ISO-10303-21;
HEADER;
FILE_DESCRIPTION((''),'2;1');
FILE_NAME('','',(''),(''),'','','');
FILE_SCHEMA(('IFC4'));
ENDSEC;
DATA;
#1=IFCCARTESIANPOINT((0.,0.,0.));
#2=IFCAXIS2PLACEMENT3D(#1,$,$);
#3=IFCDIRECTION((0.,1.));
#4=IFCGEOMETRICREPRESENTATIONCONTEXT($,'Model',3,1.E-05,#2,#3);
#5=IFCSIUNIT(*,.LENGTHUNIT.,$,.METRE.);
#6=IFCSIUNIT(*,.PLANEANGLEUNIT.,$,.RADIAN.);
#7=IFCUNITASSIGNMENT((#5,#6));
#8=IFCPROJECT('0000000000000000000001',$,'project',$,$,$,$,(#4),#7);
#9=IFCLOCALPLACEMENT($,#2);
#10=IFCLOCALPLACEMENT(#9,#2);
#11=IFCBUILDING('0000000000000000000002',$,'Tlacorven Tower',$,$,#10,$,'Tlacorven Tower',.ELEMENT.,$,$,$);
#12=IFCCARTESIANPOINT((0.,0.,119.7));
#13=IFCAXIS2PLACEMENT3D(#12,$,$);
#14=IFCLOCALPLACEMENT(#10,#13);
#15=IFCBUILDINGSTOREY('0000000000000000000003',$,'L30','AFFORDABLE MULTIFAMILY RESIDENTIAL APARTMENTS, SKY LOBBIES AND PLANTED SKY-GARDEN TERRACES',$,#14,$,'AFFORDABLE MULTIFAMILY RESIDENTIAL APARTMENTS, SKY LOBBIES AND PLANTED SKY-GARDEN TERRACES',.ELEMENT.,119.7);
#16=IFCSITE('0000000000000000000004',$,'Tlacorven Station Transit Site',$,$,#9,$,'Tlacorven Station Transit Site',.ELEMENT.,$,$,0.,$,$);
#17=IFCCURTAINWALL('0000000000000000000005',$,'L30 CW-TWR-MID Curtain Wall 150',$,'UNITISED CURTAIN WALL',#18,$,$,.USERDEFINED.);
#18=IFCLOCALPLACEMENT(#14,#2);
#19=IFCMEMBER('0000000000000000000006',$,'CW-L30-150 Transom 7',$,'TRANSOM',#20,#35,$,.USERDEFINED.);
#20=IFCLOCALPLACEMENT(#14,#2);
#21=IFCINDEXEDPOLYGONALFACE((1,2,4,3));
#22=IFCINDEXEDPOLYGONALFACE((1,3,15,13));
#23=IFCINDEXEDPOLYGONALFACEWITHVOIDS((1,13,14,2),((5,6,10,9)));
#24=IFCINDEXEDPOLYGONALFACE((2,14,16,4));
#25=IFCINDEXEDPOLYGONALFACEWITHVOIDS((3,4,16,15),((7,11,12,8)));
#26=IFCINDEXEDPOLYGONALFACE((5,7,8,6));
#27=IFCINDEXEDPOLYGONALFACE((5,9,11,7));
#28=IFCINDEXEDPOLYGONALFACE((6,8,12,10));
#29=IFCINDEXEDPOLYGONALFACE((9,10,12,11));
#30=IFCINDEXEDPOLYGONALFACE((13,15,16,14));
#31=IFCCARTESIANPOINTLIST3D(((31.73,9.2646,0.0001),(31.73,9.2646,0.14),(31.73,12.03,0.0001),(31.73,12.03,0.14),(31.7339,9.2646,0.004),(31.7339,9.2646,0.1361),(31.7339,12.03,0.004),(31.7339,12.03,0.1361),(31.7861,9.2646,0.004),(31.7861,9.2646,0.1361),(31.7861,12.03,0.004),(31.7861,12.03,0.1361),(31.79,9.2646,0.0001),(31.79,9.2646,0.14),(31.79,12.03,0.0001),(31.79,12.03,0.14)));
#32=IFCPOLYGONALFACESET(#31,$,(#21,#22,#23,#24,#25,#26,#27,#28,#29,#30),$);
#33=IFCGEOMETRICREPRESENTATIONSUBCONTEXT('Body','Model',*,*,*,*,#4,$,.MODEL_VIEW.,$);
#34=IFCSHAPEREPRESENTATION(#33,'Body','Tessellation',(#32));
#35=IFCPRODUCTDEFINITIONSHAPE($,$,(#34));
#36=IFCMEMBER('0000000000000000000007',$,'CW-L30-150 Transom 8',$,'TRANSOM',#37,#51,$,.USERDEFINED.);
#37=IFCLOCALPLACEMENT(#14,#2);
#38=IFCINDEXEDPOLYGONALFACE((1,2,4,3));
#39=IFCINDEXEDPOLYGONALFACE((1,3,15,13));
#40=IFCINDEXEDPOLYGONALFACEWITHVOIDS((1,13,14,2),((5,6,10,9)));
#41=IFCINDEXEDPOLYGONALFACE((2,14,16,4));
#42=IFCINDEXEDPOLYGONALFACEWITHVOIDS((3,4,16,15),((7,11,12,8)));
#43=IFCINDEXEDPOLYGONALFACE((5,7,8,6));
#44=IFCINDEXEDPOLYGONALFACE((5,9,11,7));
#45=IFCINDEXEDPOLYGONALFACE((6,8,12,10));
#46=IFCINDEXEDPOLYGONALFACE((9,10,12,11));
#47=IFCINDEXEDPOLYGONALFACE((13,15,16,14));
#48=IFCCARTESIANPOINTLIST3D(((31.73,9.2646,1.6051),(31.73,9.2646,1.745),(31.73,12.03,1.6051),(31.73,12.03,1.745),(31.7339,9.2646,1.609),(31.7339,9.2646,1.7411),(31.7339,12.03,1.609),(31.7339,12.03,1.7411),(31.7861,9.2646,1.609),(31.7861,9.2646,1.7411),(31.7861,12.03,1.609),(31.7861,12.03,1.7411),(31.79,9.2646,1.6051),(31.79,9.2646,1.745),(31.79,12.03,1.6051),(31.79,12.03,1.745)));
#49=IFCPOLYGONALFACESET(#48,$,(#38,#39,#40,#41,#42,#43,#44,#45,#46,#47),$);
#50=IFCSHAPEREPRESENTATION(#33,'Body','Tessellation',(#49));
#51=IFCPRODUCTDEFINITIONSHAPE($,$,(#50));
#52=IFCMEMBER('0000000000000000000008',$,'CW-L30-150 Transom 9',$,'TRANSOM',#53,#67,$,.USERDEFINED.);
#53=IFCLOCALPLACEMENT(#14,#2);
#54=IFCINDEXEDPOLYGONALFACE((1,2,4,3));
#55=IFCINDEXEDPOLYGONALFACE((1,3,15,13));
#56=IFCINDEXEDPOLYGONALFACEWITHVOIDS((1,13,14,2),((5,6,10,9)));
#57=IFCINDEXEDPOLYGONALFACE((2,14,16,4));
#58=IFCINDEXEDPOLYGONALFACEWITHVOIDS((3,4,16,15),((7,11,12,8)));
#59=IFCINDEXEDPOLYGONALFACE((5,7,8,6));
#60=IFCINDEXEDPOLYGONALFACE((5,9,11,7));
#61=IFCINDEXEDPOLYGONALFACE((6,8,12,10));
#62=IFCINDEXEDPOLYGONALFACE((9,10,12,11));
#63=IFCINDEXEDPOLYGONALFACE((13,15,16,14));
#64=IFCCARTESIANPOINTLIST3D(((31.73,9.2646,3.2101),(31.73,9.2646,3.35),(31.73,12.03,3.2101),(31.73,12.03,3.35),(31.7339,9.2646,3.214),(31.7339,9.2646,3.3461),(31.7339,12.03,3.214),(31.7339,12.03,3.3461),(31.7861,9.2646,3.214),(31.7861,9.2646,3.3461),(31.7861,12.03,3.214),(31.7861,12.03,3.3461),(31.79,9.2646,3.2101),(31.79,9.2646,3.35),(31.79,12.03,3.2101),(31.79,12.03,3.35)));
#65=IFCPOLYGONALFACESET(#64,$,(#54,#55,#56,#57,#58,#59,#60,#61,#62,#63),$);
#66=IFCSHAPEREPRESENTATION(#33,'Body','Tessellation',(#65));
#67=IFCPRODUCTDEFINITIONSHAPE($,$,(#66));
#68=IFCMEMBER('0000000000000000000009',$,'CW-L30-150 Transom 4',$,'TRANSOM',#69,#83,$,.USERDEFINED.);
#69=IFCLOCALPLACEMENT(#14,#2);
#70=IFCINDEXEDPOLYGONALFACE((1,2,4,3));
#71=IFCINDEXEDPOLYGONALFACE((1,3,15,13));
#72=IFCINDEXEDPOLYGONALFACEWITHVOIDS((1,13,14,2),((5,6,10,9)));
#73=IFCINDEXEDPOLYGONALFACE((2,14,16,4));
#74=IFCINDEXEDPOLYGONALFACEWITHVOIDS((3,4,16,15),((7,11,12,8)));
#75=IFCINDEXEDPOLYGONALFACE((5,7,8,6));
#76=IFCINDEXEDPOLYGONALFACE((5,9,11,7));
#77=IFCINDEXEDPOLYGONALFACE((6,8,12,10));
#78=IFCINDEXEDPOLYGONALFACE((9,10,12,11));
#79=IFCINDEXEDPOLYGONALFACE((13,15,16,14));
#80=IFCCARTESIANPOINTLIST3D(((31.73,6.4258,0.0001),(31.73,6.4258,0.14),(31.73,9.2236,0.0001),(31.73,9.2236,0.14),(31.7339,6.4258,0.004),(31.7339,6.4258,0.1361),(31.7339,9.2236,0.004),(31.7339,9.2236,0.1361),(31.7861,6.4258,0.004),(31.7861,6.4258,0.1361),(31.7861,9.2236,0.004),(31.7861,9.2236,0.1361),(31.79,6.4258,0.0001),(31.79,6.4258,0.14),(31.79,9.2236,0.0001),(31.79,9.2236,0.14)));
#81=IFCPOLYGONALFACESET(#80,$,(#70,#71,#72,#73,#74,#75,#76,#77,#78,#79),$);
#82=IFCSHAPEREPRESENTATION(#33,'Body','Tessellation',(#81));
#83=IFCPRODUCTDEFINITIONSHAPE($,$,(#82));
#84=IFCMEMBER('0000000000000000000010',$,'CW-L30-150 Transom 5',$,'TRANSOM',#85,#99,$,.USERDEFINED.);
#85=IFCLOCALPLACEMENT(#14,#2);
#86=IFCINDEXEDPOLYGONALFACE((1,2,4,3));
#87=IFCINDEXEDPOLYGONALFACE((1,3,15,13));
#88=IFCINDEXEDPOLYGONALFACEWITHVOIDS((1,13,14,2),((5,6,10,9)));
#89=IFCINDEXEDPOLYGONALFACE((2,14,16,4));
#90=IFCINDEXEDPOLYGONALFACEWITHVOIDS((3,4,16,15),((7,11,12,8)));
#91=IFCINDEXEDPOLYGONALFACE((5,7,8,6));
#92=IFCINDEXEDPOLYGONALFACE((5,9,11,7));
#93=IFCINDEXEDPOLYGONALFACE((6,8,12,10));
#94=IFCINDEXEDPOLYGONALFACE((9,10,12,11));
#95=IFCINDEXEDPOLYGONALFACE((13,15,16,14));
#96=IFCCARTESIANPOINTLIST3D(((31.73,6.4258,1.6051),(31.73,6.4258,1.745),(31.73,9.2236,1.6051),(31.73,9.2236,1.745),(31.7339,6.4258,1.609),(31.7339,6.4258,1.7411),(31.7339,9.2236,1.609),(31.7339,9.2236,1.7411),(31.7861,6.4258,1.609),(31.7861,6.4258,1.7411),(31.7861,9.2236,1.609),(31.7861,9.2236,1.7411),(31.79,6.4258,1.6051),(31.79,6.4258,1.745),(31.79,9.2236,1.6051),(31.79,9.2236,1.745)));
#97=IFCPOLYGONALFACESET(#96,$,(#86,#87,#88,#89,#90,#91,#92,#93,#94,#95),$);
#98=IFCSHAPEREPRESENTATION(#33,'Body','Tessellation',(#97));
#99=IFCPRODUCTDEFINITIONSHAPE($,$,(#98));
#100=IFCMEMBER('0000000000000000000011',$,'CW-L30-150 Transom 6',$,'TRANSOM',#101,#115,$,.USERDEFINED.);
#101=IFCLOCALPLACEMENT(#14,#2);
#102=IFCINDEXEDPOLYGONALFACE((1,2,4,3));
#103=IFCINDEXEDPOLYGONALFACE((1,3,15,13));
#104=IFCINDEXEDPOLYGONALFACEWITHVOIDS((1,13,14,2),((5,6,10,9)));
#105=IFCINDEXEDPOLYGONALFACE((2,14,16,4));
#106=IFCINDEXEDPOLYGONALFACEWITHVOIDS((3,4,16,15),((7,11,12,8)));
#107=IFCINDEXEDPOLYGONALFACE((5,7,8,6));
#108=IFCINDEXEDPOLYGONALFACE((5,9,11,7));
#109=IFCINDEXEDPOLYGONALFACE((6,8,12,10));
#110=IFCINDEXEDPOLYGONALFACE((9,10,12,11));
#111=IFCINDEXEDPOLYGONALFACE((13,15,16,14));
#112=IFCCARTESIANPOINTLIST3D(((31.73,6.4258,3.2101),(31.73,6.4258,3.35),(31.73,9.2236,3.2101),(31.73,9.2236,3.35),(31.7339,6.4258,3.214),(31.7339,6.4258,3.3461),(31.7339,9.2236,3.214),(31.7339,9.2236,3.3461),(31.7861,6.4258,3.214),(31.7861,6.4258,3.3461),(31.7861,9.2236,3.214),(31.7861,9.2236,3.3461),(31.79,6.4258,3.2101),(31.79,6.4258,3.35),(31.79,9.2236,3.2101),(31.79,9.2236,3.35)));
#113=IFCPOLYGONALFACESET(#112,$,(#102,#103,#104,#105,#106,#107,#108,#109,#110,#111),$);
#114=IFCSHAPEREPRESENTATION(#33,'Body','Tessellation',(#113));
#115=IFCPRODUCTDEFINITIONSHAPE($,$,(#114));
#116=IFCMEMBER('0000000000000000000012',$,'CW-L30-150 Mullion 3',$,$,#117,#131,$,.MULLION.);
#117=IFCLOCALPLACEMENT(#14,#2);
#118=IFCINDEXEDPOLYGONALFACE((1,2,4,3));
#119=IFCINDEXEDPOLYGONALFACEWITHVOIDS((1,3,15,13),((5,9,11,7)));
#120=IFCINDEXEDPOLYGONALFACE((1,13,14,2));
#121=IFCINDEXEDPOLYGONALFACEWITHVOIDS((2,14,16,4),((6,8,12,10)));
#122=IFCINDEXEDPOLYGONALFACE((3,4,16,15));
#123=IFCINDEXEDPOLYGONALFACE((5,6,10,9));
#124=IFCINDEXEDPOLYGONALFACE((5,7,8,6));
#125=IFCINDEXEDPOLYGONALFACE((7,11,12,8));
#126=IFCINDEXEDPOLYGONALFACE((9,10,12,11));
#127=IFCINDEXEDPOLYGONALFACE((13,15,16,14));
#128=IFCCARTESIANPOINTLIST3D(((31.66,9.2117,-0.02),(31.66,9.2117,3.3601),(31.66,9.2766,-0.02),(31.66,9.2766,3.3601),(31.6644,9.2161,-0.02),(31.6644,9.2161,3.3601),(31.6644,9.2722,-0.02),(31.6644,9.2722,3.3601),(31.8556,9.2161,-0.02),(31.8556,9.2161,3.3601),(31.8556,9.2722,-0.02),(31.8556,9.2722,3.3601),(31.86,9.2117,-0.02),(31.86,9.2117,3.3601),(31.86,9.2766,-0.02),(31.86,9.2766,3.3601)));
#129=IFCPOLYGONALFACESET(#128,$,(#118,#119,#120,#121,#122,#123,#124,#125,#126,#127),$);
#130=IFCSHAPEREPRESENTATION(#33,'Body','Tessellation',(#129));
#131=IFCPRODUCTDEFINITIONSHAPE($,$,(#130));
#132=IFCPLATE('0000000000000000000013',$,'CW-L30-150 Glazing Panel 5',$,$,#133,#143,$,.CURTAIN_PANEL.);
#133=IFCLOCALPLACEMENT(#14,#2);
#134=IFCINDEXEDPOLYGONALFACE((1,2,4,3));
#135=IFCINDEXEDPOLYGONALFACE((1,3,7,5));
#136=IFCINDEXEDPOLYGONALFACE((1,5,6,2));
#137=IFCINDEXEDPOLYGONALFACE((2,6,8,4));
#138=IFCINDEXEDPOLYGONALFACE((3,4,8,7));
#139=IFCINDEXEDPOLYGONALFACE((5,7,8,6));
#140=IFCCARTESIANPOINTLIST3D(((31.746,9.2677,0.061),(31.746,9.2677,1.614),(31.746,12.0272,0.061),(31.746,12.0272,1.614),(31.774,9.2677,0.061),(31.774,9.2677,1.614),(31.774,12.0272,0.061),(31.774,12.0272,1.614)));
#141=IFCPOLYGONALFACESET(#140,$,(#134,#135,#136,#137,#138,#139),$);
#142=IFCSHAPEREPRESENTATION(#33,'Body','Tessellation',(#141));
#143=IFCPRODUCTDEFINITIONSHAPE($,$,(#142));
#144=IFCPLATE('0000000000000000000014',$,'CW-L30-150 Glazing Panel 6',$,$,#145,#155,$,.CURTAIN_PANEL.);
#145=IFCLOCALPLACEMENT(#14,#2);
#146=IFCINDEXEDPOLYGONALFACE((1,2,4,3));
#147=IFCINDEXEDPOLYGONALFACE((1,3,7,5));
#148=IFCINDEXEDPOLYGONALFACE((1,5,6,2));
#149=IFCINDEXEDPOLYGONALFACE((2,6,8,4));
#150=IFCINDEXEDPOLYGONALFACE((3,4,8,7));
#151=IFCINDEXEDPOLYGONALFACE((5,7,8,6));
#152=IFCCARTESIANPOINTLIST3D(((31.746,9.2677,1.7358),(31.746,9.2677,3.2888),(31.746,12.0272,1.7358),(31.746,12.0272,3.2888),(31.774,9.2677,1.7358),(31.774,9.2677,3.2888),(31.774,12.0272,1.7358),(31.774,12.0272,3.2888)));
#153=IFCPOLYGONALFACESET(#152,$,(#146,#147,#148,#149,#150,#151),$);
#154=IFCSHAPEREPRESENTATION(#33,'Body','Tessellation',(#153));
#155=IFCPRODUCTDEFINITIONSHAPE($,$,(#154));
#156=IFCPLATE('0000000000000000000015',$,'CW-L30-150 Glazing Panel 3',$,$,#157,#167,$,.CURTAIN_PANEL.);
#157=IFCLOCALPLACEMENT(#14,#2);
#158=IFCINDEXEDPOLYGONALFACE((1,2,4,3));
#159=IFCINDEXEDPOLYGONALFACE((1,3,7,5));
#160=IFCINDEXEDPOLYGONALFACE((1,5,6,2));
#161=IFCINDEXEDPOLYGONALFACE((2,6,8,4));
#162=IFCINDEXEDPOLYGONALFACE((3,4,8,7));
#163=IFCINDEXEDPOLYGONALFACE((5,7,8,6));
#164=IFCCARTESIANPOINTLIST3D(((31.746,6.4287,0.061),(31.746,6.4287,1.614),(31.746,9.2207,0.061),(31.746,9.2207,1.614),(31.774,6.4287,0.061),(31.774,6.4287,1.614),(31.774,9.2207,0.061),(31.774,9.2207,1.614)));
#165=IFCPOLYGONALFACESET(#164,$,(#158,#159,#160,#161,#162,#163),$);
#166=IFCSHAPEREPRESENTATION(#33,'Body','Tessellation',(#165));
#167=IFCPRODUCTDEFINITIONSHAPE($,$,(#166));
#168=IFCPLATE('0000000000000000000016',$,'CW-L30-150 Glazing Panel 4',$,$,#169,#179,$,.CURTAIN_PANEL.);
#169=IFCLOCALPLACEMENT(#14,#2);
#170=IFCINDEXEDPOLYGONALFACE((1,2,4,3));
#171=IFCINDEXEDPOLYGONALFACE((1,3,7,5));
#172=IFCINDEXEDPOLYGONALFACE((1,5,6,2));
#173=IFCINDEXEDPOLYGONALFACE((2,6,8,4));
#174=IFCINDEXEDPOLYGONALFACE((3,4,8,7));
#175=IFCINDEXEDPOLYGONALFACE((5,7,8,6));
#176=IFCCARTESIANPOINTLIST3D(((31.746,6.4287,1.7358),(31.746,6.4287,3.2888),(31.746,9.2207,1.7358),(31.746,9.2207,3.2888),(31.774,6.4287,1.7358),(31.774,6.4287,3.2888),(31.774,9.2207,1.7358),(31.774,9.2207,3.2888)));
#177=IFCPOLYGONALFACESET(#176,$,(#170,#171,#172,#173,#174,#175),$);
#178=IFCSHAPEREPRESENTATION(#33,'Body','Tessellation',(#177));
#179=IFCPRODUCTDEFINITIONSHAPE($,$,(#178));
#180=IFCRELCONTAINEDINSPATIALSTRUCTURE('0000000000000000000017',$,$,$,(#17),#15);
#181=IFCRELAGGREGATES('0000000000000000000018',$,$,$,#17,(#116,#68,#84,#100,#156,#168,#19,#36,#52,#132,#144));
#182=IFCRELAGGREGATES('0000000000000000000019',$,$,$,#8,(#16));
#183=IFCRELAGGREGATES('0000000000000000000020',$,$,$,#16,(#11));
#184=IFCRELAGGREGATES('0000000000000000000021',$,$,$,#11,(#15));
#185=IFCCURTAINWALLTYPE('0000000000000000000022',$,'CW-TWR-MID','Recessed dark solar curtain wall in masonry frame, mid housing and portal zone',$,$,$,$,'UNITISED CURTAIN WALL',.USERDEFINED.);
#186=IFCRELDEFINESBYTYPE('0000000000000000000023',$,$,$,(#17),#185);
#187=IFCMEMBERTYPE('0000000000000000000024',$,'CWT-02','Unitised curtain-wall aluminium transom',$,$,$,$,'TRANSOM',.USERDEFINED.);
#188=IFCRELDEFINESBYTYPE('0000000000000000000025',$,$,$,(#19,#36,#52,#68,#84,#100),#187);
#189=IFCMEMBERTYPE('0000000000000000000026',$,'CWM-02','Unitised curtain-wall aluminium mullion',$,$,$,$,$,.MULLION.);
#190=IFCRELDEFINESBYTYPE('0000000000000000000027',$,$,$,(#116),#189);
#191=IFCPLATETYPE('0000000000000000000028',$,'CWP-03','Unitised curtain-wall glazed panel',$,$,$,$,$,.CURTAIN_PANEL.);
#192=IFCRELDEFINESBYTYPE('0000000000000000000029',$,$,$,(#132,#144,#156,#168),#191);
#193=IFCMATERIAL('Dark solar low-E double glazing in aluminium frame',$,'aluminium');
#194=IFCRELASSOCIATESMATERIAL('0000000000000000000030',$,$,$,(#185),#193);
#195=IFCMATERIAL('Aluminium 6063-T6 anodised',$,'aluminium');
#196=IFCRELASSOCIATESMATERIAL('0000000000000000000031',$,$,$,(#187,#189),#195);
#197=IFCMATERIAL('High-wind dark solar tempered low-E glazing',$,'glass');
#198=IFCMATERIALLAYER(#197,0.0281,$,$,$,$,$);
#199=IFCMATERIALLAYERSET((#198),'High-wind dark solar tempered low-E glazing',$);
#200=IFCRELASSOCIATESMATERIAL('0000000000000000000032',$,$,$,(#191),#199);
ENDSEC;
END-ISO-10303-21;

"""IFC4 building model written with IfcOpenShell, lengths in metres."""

from ifc_helpers import new_model, si_unit, direction, frame, origin, origin_2d, place, context, subcontext, project, spatial, rectangle, hollow_rectangle, extrude, source, transform, mapped, material, layer, layer_set, material_profile, profile_set, type_object, element, aggregate, save


model = new_model("IFC4")

# Units and contexts
model_context = context("Model", 3, precision=1e-05, world=origin(), true_north=direction((0.0, 1.0)))
body_context = subcontext(model_context, "Body", "Model", "MODEL_VIEW")
ifc_project = project(units=[si_unit("LENGTHUNIT", "METRE"), si_unit("PLANEANGLEUNIT", "RADIAN")], contexts=[model_context])

# Site, building, storey
site_placement = place(None, origin())
site = spatial("IfcSite", under=ifc_project, at=site_placement, Name="Tlacorven Station Transit Site", LongName="Tlacorven Station Transit Site", CompositionType="ELEMENT", RefElevation=0.0)
building_placement = place(site_placement, origin())
building = spatial("IfcBuilding", under=site, at=building_placement, Name="Tlacorven Tower", LongName="Tlacorven Tower", CompositionType="ELEMENT")
storey_placement = place(building_placement, frame((0.0, 0.0, 119.7)))
storey = spatial("IfcBuildingStorey", under=building, at=storey_placement, Name="L30", Description="AFFORDABLE MULTIFAMILY RESIDENTIAL APARTMENTS, SKY LOBBIES AND PLANTED SKY-GARDEN TERRACES", LongName="AFFORDABLE MULTIFAMILY RESIDENTIAL APARTMENTS, SKY LOBBIES AND PLANTED SKY-GARDEN TERRACES", CompositionType="ELEMENT", Elevation=119.7)

# Curtain wall, members, plates
ifc_material_1 = material(Name="Dark solar low-E double glazing in aluminium frame", Category="aluminium")
curtain_wall_type = type_object("IfcCurtainWallType", Name="CW-TWR-MID", Description="Recessed dark solar curtain wall in masonry frame, mid housing and portal zone", ElementType="UNITISED CURTAIN WALL", PredefinedType="USERDEFINED", material=ifc_material_1)
curtain_wall_placement = place(storey_placement, origin())
curtain_wall = element("IfcCurtainWall", 1, at=curtain_wall_placement, inside=storey, type_object=curtain_wall_type, Name="L30 CW-TWR-MID Curtain Wall 150", ObjectType="UNITISED CURTAIN WALL", PredefinedType="USERDEFINED")
ifc_material_2 = material(Name="Aluminium 6063-T6 anodised", Category="aluminium")
ifc_material_profile_1 = material_profile(ifc_material_2, hollow_rectangle(XDim=0.0601, YDim=0.1399, WallThickness=0.0039, at=origin_2d()), Name="ALU TRANSOM 60X140")
ifc_profile_set_1 = profile_set([ifc_material_profile_1], Name="Aluminium 6063-T6 anodised")
member_type_1 = type_object("IfcMemberType", Name="CWT-02", Description="Unitised curtain-wall aluminium transom", ElementType="TRANSOM", PredefinedType="USERDEFINED", material=ifc_profile_set_1)
shared_shape_1 = source(origin(), body_context, "Body", "SweptSolid", [
    extrude(hollow_rectangle(XDim=0.0601, YDim=0.1399, WallThickness=0.0039, at=origin_2d()), origin(), (0.0, 0.0, 1.0), 2.7654),
])
member_1_placement = place(storey_placement, frame((31.76, 9.2646, 0.0701), z_axis=(0.0, 1.0, 0.0), x_axis=(-1.0, 0.0, 0.0)))
member_1 = element("IfcMember", 2, at=member_1_placement, type_object=member_type_1, Name="CW-L30-150 Transom 7", ObjectType="TRANSOM", PredefinedType="USERDEFINED", context=body_context, shape_type="MappedRepresentation", body=[
    mapped(shared_shape_1, transform((0.0, 0.0, 0.0), scale=1.0)),
])
member_2_placement = place(storey_placement, frame((31.76, 9.2646, 1.675), z_axis=(0.0, 1.0, 0.0), x_axis=(-1.0, 0.0, 0.0)))
member_2 = element("IfcMember", 3, at=member_2_placement, type_object=member_type_1, Name="CW-L30-150 Transom 8", ObjectType="TRANSOM", PredefinedType="USERDEFINED", context=body_context, shape_type="MappedRepresentation", body=[
    mapped(shared_shape_1, transform((0.0, 0.0, 0.0), scale=1.0)),
])
member_3_placement = place(storey_placement, frame((31.76, 9.2646, 3.28), z_axis=(0.0, 1.0, 0.0), x_axis=(-1.0, 0.0, 0.0)))
member_3 = element("IfcMember", 4, at=member_3_placement, type_object=member_type_1, Name="CW-L30-150 Transom 9", ObjectType="TRANSOM", PredefinedType="USERDEFINED", context=body_context, shape_type="MappedRepresentation", body=[
    mapped(shared_shape_1, transform((0.0, 0.0, 0.0), scale=1.0)),
])
shared_shape_2 = source(origin(), body_context, "Body", "SweptSolid", [
    extrude(hollow_rectangle(XDim=0.0601, YDim=0.1399, WallThickness=0.0039, at=origin_2d()), origin(), (0.0, 0.0, 1.0), 2.7979),
])
member_4_placement = place(storey_placement, frame((31.76, 6.4258, 0.0701), z_axis=(0.0, 1.0, 0.0), x_axis=(-1.0, 0.0, 0.0)))
member_4 = element("IfcMember", 5, at=member_4_placement, type_object=member_type_1, Name="CW-L30-150 Transom 4", ObjectType="TRANSOM", PredefinedType="USERDEFINED", context=body_context, shape_type="MappedRepresentation", body=[
    mapped(shared_shape_2, transform((0.0, 0.0, 0.0), scale=1.0)),
])
member_5_placement = place(storey_placement, frame((31.76, 6.4258, 1.675), z_axis=(0.0, 1.0, 0.0), x_axis=(-1.0, 0.0, 0.0)))
member_5 = element("IfcMember", 6, at=member_5_placement, type_object=member_type_1, Name="CW-L30-150 Transom 5", ObjectType="TRANSOM", PredefinedType="USERDEFINED", context=body_context, shape_type="MappedRepresentation", body=[
    mapped(shared_shape_2, transform((0.0, 0.0, 0.0), scale=1.0)),
])
member_6_placement = place(storey_placement, frame((31.76, 6.4258, 3.28), z_axis=(0.0, 1.0, 0.0), x_axis=(-1.0, 0.0, 0.0)))
member_6 = element("IfcMember", 7, at=member_6_placement, type_object=member_type_1, Name="CW-L30-150 Transom 6", ObjectType="TRANSOM", PredefinedType="USERDEFINED", context=body_context, shape_type="MappedRepresentation", body=[
    mapped(shared_shape_2, transform((0.0, 0.0, 0.0), scale=1.0)),
])
ifc_material_profile_2 = material_profile(ifc_material_2, hollow_rectangle(XDim=0.0649, YDim=0.2, WallThickness=0.0044, at=origin_2d()), Name="ALU MULLION 65X200")
ifc_profile_set_2 = profile_set([ifc_material_profile_2], Name="Aluminium 6063-T6 anodised")
member_type_2 = type_object("IfcMemberType", Name="CWM-02", Description="Unitised curtain-wall aluminium mullion", PredefinedType="MULLION", material=ifc_profile_set_2)
shared_shape_3 = source(origin(), body_context, "Body", "SweptSolid", [
    extrude(hollow_rectangle(XDim=0.0649, YDim=0.2, WallThickness=0.0044, at=origin_2d()), origin(), (0.0, 0.0, 1.0), 3.3801),
])
member_7_placement = place(storey_placement, frame((31.76, 9.2441, -0.02), z_axis=(0.0, 0.0, 1.0), x_axis=(0.0, 1.0, 0.0)))
member_7 = element("IfcMember", 8, at=member_7_placement, type_object=member_type_2, Name="CW-L30-150 Mullion 3", PredefinedType="MULLION", context=body_context, shape_type="MappedRepresentation", body=[
    mapped(shared_shape_3, transform((0.0, 0.0, 0.0), scale=1.0)),
])
ifc_material_3 = material(Name="High-wind dark solar tempered low-E glazing", Category="glass")
ifc_layer = layer(ifc_material_3, 0.0281)
ifc_layer_set = layer_set([ifc_layer], Name="High-wind dark solar tempered low-E glazing")
plate_type = type_object("IfcPlateType", Name="CWP-03", Description="Unitised curtain-wall glazed panel", PredefinedType="CURTAIN_PANEL", material=ifc_layer_set)
shared_shape_4 = source(origin(), body_context, "Body", "SweptSolid", [
    extrude(rectangle(XDim=2.7595, YDim=0.0281, at=origin_2d()), origin(), (0.0, 0.0, 1.0), 1.553),
])
plate_1_placement = place(storey_placement, frame((31.76, 10.6475, 0.061), z_axis=(0.0, 0.0, 1.0), x_axis=(0.0, 1.0, 0.0)))
plate_1 = element("IfcPlate", 9, at=plate_1_placement, type_object=plate_type, Name="CW-L30-150 Glazing Panel 5", PredefinedType="CURTAIN_PANEL", context=body_context, shape_type="MappedRepresentation", body=[
    mapped(shared_shape_4, transform((0.0, 0.0, 0.0), scale=1.0)),
])
plate_2_placement = place(storey_placement, frame((31.76, 10.6475, 1.7358), z_axis=(0.0, 0.0, 1.0), x_axis=(0.0, 1.0, 0.0)))
plate_2 = element("IfcPlate", 10, at=plate_2_placement, type_object=plate_type, Name="CW-L30-150 Glazing Panel 6", PredefinedType="CURTAIN_PANEL", context=body_context, shape_type="MappedRepresentation", body=[
    mapped(shared_shape_4, transform((0.0, 0.0, 0.0), scale=1.0)),
])
shared_shape_5 = source(origin(), body_context, "Body", "SweptSolid", [
    extrude(rectangle(XDim=2.792, YDim=0.0281, at=origin_2d()), origin(), (0.0, 0.0, 1.0), 1.553),
])
plate_3_placement = place(storey_placement, frame((31.76, 7.8247, 0.061), z_axis=(0.0, 0.0, 1.0), x_axis=(0.0, 1.0, 0.0)))
plate_3 = element("IfcPlate", 11, at=plate_3_placement, type_object=plate_type, Name="CW-L30-150 Glazing Panel 3", PredefinedType="CURTAIN_PANEL", context=body_context, shape_type="MappedRepresentation", body=[
    mapped(shared_shape_5, transform((0.0, 0.0, 0.0), scale=1.0)),
])
plate_4_placement = place(storey_placement, frame((31.76, 7.8247, 1.7358), z_axis=(0.0, 0.0, 1.0), x_axis=(0.0, 1.0, 0.0)))
plate_4 = element("IfcPlate", 12, at=plate_4_placement, type_object=plate_type, Name="CW-L30-150 Glazing Panel 4", PredefinedType="CURTAIN_PANEL", context=body_context, shape_type="MappedRepresentation", body=[
    mapped(shared_shape_5, transform((0.0, 0.0, 0.0), scale=1.0)),
])
aggregate(curtain_wall, [member_7, member_4, member_5, member_6, plate_3, plate_4, member_1, member_2, member_3, plate_1, plate_2])

save(model, "model.ifc")
